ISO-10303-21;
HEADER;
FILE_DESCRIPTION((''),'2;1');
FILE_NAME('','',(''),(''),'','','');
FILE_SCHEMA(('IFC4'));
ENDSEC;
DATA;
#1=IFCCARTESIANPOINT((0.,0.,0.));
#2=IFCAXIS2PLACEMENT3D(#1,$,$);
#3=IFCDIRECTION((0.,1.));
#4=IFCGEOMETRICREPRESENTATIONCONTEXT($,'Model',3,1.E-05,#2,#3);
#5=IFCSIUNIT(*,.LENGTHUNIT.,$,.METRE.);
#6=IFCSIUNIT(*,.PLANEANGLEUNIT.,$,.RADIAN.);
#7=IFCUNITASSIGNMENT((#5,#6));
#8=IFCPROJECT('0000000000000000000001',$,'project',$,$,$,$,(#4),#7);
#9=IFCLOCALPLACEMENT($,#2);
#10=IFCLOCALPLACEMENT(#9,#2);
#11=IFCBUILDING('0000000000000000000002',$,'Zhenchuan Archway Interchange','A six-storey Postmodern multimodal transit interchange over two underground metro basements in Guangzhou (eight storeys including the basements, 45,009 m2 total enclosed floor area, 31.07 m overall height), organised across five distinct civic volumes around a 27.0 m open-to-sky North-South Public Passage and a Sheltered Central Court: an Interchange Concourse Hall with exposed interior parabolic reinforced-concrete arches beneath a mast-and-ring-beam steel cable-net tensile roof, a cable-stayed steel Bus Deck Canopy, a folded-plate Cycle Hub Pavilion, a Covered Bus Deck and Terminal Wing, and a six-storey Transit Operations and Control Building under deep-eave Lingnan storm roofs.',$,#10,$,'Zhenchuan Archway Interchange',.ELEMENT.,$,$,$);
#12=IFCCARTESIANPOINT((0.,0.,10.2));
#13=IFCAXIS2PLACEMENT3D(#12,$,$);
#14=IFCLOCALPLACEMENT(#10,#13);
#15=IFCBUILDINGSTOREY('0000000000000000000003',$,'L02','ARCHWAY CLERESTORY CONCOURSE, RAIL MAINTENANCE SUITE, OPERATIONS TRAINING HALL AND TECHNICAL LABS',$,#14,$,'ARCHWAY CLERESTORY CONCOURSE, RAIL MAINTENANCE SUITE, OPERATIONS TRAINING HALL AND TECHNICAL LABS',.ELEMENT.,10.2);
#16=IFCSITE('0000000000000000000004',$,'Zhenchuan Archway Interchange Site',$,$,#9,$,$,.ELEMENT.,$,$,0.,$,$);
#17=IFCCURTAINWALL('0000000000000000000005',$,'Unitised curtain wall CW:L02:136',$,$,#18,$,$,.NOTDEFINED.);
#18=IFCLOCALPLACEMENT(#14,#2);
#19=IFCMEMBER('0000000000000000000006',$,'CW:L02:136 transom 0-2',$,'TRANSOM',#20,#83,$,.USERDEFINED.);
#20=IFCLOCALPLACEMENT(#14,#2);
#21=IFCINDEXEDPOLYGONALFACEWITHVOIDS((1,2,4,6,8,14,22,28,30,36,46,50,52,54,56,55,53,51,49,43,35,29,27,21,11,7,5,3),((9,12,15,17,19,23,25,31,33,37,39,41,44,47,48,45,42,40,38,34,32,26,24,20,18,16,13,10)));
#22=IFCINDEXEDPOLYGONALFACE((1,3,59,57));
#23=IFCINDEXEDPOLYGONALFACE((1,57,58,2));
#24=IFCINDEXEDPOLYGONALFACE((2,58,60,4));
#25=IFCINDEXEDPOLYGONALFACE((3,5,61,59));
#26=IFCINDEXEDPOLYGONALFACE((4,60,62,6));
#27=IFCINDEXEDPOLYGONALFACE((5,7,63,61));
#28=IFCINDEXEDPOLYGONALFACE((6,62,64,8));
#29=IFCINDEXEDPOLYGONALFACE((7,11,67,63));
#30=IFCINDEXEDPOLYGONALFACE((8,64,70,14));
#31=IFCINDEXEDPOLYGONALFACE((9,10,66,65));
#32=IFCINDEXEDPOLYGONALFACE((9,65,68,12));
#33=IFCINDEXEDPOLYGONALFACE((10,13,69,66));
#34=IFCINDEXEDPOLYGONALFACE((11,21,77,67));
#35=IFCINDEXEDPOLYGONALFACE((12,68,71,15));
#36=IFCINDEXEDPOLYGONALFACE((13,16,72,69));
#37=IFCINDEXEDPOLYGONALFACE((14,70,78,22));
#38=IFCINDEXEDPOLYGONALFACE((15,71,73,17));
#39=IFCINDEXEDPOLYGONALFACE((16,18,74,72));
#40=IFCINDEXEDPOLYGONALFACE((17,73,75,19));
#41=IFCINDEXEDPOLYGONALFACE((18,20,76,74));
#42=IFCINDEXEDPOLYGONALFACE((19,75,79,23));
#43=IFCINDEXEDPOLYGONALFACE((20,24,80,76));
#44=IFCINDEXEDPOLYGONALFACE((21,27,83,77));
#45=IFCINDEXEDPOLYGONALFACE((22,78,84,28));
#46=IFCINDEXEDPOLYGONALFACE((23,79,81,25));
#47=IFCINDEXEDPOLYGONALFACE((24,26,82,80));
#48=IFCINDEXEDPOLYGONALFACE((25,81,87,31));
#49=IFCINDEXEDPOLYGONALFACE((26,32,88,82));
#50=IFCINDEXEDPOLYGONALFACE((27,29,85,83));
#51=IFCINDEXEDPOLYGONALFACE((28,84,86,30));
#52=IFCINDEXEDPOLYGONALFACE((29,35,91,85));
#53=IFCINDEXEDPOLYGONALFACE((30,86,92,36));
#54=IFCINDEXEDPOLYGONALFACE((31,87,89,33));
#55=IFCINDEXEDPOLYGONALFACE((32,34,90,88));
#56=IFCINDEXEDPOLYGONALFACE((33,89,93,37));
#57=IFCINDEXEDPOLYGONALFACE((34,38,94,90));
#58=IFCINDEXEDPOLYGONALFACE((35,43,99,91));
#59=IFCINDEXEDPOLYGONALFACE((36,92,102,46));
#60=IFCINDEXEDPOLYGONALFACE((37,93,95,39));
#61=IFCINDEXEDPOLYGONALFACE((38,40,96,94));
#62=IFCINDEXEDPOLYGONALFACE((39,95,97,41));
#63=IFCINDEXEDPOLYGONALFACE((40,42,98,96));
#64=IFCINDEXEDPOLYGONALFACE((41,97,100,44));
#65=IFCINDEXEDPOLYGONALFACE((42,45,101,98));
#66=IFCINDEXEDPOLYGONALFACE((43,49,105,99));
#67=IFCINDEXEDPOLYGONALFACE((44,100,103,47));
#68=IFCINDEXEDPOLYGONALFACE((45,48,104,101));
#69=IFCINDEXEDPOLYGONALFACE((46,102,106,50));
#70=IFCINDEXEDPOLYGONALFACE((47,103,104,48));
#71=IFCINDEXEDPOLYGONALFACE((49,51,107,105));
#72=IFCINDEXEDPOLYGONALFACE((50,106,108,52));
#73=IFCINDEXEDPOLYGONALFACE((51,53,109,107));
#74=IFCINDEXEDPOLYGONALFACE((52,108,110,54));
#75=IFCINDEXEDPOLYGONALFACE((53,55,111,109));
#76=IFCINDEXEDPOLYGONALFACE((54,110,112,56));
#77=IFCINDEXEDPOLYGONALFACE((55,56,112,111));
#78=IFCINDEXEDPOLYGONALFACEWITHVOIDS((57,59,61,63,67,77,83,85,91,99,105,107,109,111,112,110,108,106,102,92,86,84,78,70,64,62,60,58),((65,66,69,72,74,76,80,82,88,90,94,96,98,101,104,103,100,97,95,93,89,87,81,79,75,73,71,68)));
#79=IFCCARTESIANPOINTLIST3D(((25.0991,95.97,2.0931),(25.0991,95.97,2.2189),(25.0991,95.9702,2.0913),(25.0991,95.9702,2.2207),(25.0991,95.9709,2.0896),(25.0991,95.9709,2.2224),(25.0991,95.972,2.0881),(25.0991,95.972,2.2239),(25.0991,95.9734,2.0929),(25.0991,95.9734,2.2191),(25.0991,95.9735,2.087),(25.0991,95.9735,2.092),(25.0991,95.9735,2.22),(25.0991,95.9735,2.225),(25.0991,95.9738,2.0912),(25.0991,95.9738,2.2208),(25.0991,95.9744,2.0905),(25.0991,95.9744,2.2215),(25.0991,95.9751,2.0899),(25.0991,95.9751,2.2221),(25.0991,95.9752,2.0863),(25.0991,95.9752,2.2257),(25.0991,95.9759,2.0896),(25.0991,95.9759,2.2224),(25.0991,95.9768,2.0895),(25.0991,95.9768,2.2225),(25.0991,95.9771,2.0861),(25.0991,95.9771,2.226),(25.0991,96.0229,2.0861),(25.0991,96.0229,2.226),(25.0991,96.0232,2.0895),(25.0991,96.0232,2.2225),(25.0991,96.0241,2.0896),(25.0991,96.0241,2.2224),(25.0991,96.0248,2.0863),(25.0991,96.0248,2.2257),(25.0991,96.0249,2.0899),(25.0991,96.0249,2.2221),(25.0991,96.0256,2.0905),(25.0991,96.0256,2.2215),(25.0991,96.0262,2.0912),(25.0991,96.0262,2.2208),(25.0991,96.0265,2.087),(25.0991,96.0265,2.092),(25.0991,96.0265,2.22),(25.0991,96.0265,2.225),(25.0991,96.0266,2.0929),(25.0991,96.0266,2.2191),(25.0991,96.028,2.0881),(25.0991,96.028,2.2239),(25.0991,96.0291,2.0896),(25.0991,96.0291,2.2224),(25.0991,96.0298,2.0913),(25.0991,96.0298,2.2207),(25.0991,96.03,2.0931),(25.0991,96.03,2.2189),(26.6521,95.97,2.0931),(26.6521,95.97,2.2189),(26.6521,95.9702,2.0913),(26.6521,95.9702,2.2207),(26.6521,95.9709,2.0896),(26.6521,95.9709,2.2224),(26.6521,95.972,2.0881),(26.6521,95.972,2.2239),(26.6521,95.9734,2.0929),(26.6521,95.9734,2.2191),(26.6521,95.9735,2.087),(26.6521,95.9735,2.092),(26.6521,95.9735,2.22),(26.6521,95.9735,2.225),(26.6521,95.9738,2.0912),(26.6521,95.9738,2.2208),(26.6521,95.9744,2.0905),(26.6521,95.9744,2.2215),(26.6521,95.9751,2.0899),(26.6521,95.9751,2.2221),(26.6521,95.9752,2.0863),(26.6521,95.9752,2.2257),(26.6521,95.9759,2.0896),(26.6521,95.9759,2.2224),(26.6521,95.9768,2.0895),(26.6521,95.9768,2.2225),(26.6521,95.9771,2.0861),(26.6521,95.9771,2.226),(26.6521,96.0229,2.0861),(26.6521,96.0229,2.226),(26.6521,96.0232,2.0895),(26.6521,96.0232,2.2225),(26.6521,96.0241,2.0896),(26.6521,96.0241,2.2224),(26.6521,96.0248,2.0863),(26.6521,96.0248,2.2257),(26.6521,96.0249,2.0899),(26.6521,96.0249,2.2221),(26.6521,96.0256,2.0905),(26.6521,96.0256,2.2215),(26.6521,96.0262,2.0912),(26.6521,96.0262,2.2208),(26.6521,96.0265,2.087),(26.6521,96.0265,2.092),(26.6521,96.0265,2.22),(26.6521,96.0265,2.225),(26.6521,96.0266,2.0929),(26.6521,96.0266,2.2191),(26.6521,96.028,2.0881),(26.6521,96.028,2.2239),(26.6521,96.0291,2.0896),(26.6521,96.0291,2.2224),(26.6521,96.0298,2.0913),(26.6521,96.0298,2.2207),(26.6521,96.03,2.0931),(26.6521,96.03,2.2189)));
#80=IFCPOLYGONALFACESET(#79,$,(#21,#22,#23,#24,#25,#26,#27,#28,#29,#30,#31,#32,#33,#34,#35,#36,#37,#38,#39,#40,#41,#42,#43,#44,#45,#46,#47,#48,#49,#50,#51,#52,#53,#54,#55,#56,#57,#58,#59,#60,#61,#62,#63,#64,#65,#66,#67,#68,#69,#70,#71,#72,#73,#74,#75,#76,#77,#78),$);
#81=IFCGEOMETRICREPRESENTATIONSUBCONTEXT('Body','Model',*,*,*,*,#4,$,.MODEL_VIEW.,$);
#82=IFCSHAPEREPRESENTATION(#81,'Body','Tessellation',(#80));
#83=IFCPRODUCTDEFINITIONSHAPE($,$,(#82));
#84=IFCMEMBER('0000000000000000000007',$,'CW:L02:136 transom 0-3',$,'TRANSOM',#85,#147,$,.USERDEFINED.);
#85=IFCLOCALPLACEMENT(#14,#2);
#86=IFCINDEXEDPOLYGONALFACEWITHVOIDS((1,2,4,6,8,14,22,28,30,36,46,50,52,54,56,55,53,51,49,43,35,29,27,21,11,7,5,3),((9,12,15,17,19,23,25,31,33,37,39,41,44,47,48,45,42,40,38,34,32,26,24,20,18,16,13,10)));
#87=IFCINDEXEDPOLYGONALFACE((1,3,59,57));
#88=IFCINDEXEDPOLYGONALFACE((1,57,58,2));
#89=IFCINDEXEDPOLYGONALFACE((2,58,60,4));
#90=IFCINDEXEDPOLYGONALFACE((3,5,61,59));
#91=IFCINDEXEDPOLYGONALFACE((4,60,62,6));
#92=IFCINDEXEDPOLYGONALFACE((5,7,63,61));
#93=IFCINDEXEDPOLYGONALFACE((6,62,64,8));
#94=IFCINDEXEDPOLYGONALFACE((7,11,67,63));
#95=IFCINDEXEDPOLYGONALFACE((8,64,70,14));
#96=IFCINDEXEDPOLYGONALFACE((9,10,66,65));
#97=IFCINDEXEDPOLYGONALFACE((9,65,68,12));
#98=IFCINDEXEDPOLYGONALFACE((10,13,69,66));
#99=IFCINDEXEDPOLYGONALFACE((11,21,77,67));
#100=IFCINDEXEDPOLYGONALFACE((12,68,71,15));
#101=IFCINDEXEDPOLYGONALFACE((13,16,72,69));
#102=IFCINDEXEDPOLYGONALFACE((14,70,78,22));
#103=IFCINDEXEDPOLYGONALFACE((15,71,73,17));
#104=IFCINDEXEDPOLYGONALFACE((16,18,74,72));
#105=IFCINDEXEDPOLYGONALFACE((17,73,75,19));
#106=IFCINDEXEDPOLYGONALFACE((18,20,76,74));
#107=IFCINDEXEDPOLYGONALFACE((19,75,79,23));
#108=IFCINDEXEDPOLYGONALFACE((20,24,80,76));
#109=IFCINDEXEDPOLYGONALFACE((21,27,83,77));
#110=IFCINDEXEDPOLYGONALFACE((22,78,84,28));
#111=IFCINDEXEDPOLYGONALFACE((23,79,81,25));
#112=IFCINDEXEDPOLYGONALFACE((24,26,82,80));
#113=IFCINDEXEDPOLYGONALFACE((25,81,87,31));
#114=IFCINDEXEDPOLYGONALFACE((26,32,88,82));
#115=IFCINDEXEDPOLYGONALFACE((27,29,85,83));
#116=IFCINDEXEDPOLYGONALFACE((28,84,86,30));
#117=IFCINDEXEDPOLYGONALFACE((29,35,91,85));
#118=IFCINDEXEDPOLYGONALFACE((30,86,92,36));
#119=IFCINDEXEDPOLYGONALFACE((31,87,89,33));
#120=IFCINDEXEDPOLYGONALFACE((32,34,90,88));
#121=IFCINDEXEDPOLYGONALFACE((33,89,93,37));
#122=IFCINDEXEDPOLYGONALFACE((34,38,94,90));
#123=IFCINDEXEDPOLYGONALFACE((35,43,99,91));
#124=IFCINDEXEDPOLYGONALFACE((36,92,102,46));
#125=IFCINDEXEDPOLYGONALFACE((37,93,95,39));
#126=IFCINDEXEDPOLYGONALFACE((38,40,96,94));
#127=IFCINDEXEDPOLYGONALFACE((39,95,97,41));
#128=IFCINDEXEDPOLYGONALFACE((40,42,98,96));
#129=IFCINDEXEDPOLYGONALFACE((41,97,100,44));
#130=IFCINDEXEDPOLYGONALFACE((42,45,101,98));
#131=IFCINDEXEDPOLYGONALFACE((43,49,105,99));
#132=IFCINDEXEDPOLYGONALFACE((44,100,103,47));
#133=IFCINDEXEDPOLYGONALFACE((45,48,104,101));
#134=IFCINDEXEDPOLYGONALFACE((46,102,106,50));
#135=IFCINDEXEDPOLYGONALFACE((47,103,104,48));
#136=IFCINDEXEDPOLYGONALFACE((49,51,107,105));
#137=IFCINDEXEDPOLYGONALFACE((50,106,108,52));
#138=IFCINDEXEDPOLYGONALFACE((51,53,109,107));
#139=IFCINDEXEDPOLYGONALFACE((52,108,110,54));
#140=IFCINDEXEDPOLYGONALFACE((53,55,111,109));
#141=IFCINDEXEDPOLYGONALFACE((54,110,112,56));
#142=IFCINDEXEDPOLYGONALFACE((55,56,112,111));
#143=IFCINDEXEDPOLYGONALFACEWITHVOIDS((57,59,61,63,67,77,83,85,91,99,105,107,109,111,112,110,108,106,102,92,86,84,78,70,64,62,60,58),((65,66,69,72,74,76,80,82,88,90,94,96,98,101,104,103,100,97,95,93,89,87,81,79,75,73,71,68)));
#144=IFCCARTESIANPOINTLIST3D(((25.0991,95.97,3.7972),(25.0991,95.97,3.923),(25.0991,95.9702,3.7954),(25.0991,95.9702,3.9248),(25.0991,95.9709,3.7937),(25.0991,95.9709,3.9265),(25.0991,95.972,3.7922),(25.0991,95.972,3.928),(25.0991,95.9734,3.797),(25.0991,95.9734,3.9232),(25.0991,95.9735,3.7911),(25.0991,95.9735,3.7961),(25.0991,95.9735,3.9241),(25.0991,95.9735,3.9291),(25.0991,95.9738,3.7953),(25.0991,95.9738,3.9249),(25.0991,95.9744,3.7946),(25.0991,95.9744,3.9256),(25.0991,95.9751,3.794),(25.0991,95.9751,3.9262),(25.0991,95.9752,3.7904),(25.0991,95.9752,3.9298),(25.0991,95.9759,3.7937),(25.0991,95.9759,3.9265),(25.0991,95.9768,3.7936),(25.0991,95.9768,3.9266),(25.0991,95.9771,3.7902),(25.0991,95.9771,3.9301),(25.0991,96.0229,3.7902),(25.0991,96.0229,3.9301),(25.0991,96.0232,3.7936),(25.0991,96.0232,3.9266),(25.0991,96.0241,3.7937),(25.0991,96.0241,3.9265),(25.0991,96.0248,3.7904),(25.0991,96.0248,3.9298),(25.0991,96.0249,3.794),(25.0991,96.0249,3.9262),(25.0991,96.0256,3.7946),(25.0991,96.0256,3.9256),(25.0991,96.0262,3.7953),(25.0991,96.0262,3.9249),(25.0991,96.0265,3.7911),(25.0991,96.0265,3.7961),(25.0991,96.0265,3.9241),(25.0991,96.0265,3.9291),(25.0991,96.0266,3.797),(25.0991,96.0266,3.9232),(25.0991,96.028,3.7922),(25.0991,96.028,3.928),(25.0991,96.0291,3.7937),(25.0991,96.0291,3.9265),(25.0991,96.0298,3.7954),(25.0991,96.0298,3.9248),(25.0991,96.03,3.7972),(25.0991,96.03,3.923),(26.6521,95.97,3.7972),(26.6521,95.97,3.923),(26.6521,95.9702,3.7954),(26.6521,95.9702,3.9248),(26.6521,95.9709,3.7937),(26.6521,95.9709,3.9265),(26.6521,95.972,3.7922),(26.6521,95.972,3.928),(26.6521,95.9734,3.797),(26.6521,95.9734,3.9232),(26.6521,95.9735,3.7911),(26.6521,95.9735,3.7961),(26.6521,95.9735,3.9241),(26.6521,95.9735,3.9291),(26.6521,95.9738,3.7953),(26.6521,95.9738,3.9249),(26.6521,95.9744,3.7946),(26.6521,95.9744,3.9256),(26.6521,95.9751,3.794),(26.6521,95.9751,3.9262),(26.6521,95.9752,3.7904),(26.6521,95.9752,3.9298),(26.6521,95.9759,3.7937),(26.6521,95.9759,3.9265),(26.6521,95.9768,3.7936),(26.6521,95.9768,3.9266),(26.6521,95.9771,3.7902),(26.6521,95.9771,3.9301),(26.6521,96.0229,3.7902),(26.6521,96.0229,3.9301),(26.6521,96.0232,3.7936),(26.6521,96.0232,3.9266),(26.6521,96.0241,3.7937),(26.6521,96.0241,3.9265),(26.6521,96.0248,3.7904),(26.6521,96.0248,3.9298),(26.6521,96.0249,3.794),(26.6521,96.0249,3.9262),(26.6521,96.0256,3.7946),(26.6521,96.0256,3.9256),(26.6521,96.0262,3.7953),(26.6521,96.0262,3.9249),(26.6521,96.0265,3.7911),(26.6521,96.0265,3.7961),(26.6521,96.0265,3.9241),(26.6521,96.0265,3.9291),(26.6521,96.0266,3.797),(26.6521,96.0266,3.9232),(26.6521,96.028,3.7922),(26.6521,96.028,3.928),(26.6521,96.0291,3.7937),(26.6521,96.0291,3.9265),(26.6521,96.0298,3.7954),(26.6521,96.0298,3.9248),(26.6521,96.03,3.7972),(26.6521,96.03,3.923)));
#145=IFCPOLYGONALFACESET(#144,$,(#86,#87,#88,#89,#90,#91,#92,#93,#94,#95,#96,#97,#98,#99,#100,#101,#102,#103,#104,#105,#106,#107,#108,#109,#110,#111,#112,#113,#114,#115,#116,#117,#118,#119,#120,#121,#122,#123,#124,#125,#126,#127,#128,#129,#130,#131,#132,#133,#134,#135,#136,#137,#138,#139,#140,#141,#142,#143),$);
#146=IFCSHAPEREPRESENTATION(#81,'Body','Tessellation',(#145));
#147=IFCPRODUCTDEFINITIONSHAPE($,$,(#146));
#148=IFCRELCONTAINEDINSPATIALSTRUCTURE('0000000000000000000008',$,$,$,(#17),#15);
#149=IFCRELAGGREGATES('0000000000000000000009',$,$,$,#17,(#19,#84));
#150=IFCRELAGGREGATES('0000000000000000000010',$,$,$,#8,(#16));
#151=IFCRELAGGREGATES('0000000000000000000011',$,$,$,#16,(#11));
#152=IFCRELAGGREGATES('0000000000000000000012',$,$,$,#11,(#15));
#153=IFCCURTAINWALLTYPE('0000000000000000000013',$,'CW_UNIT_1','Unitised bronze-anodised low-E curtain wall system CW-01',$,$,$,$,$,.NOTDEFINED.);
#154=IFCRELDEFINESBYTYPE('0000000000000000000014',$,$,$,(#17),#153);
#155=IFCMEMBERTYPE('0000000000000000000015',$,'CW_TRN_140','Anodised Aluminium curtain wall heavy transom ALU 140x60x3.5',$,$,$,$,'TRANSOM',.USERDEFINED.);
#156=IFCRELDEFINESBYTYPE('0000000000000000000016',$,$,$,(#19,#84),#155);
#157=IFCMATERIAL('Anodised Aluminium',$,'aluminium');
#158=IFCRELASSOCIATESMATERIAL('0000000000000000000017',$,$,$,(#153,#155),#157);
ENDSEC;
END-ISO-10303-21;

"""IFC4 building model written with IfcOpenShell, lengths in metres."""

from ifc_helpers import new_model, si_unit, direction, frame, origin, origin_2d, place, context, subcontext, project, spatial, hollow_rectangle, extrude, material, material_profile, profile_set, type_object, element, aggregate, save


model = new_model("IFC4")

# Units and contexts
model_context = context("Model", 3, precision=1e-05, world=origin(), true_north=direction((0.0, 1.0)))
body_context = subcontext(model_context, "Body", "Model", "MODEL_VIEW")
ifc_project = project(units=[si_unit("LENGTHUNIT", "METRE"), si_unit("PLANEANGLEUNIT", "RADIAN")], contexts=[model_context])

# Site, building, storey
site_placement = place(None, origin())
site = spatial("IfcSite", under=ifc_project, at=site_placement, Name="Zhenchuan Archway Interchange Site", CompositionType="ELEMENT", RefElevation=0.0)
building_placement = place(site_placement, origin())
building = spatial("IfcBuilding", under=site, at=building_placement, Name="Zhenchuan Archway Interchange", Description="A six-storey Postmodern multimodal transit interchange over two underground metro basements in Guangzhou (eight storeys including the basements, 45,009 m2 total enclosed floor area, 31.07 m overall height), organised across five distinct civic volumes around a 27.0 m open-to-sky North-South Public Passage and a Sheltered Central Court: an Interchange Concourse Hall with exposed interior parabolic reinforced-concrete arches beneath a mast-and-ring-beam steel cable-net tensile roof, a cable-stayed steel Bus Deck Canopy, a folded-plate Cycle Hub Pavilion, a Covered Bus Deck and Terminal Wing, and a six-storey Transit Operations and Control Building under deep-eave Lingnan storm roofs.", LongName="Zhenchuan Archway Interchange", CompositionType="ELEMENT")
storey_placement = place(building_placement, frame((0.0, 0.0, 10.2)))
storey = spatial("IfcBuildingStorey", under=building, at=storey_placement, Name="L02", Description="ARCHWAY CLERESTORY CONCOURSE, RAIL MAINTENANCE SUITE, OPERATIONS TRAINING HALL AND TECHNICAL LABS", LongName="ARCHWAY CLERESTORY CONCOURSE, RAIL MAINTENANCE SUITE, OPERATIONS TRAINING HALL AND TECHNICAL LABS", CompositionType="ELEMENT", Elevation=10.2)

# Curtain wall
ifc_material_1 = material(Name="Anodised Aluminium", Category="aluminium")
curtain_wall_type_1 = type_object("IfcCurtainWallType", Name="CW_UNIT_1", Description="Unitised bronze-anodised low-E curtain wall system CW-01", PredefinedType="NOTDEFINED", material=ifc_material_1)
curtain_wall_1_placement = place(storey_placement, origin())
curtain_wall_1 = element("IfcCurtainWall", 1, at=curtain_wall_1_placement, inside=storey, type_object=curtain_wall_type_1, Name="Unitised curtain wall CW:L02:136", PredefinedType="NOTDEFINED")

# Members
ifc_material_profile_1 = material_profile(ifc_material_1, hollow_rectangle(XDim=0.0601, YDim=0.1399, WallThickness=0.0034, InnerFilletRadius=0.0034, OuterFilletRadius=0.0071, at=origin_2d()), Name="ALU 140x60x3.5")
ifc_profile_set_1 = profile_set([ifc_material_profile_1], Name="Anodised Aluminium")
member_type_1 = type_object("IfcMemberType", Name="CW_TRN_140", Description="Anodised Aluminium curtain wall heavy transom ALU 140x60x3.5", ElementType="TRANSOM", PredefinedType="USERDEFINED", material=ifc_profile_set_1)
member_1_placement = place(storey_placement, frame((26.6521, 96.0, 2.156), z_axis=(-1.0, 0.0, 0.0), x_axis=(0.0, -1.0, 0.0)))
member_1 = element("IfcMember", 2, at=member_1_placement, type_object=member_type_1, Name="CW:L02:136 transom 0-2", ObjectType="TRANSOM", PredefinedType="USERDEFINED", context=body_context, shape_type="SweptSolid", body=[
    extrude(hollow_rectangle(XDim=0.0601, YDim=0.1399, WallThickness=0.0034, InnerFilletRadius=0.0034, OuterFilletRadius=0.0071, at=origin_2d()), origin(), (0.0, 0.0, 1.0), 1.553),
])
member_2_placement = place(storey_placement, frame((26.6521, 96.0, 3.8601), z_axis=(-1.0, 0.0, 0.0), x_axis=(0.0, -1.0, 0.0)))
member_2 = element("IfcMember", 3, at=member_2_placement, type_object=member_type_1, Name="CW:L02:136 transom 0-3", ObjectType="TRANSOM", PredefinedType="USERDEFINED", context=body_context, shape_type="SweptSolid", body=[
    extrude(hollow_rectangle(XDim=0.0601, YDim=0.1399, WallThickness=0.0034, InnerFilletRadius=0.0034, OuterFilletRadius=0.0071, at=origin_2d()), origin(), (0.0, 0.0, 1.0), 1.553),
])

aggregate(curtain_wall_1, [member_1, member_2])

save(model, "model.ifc")
